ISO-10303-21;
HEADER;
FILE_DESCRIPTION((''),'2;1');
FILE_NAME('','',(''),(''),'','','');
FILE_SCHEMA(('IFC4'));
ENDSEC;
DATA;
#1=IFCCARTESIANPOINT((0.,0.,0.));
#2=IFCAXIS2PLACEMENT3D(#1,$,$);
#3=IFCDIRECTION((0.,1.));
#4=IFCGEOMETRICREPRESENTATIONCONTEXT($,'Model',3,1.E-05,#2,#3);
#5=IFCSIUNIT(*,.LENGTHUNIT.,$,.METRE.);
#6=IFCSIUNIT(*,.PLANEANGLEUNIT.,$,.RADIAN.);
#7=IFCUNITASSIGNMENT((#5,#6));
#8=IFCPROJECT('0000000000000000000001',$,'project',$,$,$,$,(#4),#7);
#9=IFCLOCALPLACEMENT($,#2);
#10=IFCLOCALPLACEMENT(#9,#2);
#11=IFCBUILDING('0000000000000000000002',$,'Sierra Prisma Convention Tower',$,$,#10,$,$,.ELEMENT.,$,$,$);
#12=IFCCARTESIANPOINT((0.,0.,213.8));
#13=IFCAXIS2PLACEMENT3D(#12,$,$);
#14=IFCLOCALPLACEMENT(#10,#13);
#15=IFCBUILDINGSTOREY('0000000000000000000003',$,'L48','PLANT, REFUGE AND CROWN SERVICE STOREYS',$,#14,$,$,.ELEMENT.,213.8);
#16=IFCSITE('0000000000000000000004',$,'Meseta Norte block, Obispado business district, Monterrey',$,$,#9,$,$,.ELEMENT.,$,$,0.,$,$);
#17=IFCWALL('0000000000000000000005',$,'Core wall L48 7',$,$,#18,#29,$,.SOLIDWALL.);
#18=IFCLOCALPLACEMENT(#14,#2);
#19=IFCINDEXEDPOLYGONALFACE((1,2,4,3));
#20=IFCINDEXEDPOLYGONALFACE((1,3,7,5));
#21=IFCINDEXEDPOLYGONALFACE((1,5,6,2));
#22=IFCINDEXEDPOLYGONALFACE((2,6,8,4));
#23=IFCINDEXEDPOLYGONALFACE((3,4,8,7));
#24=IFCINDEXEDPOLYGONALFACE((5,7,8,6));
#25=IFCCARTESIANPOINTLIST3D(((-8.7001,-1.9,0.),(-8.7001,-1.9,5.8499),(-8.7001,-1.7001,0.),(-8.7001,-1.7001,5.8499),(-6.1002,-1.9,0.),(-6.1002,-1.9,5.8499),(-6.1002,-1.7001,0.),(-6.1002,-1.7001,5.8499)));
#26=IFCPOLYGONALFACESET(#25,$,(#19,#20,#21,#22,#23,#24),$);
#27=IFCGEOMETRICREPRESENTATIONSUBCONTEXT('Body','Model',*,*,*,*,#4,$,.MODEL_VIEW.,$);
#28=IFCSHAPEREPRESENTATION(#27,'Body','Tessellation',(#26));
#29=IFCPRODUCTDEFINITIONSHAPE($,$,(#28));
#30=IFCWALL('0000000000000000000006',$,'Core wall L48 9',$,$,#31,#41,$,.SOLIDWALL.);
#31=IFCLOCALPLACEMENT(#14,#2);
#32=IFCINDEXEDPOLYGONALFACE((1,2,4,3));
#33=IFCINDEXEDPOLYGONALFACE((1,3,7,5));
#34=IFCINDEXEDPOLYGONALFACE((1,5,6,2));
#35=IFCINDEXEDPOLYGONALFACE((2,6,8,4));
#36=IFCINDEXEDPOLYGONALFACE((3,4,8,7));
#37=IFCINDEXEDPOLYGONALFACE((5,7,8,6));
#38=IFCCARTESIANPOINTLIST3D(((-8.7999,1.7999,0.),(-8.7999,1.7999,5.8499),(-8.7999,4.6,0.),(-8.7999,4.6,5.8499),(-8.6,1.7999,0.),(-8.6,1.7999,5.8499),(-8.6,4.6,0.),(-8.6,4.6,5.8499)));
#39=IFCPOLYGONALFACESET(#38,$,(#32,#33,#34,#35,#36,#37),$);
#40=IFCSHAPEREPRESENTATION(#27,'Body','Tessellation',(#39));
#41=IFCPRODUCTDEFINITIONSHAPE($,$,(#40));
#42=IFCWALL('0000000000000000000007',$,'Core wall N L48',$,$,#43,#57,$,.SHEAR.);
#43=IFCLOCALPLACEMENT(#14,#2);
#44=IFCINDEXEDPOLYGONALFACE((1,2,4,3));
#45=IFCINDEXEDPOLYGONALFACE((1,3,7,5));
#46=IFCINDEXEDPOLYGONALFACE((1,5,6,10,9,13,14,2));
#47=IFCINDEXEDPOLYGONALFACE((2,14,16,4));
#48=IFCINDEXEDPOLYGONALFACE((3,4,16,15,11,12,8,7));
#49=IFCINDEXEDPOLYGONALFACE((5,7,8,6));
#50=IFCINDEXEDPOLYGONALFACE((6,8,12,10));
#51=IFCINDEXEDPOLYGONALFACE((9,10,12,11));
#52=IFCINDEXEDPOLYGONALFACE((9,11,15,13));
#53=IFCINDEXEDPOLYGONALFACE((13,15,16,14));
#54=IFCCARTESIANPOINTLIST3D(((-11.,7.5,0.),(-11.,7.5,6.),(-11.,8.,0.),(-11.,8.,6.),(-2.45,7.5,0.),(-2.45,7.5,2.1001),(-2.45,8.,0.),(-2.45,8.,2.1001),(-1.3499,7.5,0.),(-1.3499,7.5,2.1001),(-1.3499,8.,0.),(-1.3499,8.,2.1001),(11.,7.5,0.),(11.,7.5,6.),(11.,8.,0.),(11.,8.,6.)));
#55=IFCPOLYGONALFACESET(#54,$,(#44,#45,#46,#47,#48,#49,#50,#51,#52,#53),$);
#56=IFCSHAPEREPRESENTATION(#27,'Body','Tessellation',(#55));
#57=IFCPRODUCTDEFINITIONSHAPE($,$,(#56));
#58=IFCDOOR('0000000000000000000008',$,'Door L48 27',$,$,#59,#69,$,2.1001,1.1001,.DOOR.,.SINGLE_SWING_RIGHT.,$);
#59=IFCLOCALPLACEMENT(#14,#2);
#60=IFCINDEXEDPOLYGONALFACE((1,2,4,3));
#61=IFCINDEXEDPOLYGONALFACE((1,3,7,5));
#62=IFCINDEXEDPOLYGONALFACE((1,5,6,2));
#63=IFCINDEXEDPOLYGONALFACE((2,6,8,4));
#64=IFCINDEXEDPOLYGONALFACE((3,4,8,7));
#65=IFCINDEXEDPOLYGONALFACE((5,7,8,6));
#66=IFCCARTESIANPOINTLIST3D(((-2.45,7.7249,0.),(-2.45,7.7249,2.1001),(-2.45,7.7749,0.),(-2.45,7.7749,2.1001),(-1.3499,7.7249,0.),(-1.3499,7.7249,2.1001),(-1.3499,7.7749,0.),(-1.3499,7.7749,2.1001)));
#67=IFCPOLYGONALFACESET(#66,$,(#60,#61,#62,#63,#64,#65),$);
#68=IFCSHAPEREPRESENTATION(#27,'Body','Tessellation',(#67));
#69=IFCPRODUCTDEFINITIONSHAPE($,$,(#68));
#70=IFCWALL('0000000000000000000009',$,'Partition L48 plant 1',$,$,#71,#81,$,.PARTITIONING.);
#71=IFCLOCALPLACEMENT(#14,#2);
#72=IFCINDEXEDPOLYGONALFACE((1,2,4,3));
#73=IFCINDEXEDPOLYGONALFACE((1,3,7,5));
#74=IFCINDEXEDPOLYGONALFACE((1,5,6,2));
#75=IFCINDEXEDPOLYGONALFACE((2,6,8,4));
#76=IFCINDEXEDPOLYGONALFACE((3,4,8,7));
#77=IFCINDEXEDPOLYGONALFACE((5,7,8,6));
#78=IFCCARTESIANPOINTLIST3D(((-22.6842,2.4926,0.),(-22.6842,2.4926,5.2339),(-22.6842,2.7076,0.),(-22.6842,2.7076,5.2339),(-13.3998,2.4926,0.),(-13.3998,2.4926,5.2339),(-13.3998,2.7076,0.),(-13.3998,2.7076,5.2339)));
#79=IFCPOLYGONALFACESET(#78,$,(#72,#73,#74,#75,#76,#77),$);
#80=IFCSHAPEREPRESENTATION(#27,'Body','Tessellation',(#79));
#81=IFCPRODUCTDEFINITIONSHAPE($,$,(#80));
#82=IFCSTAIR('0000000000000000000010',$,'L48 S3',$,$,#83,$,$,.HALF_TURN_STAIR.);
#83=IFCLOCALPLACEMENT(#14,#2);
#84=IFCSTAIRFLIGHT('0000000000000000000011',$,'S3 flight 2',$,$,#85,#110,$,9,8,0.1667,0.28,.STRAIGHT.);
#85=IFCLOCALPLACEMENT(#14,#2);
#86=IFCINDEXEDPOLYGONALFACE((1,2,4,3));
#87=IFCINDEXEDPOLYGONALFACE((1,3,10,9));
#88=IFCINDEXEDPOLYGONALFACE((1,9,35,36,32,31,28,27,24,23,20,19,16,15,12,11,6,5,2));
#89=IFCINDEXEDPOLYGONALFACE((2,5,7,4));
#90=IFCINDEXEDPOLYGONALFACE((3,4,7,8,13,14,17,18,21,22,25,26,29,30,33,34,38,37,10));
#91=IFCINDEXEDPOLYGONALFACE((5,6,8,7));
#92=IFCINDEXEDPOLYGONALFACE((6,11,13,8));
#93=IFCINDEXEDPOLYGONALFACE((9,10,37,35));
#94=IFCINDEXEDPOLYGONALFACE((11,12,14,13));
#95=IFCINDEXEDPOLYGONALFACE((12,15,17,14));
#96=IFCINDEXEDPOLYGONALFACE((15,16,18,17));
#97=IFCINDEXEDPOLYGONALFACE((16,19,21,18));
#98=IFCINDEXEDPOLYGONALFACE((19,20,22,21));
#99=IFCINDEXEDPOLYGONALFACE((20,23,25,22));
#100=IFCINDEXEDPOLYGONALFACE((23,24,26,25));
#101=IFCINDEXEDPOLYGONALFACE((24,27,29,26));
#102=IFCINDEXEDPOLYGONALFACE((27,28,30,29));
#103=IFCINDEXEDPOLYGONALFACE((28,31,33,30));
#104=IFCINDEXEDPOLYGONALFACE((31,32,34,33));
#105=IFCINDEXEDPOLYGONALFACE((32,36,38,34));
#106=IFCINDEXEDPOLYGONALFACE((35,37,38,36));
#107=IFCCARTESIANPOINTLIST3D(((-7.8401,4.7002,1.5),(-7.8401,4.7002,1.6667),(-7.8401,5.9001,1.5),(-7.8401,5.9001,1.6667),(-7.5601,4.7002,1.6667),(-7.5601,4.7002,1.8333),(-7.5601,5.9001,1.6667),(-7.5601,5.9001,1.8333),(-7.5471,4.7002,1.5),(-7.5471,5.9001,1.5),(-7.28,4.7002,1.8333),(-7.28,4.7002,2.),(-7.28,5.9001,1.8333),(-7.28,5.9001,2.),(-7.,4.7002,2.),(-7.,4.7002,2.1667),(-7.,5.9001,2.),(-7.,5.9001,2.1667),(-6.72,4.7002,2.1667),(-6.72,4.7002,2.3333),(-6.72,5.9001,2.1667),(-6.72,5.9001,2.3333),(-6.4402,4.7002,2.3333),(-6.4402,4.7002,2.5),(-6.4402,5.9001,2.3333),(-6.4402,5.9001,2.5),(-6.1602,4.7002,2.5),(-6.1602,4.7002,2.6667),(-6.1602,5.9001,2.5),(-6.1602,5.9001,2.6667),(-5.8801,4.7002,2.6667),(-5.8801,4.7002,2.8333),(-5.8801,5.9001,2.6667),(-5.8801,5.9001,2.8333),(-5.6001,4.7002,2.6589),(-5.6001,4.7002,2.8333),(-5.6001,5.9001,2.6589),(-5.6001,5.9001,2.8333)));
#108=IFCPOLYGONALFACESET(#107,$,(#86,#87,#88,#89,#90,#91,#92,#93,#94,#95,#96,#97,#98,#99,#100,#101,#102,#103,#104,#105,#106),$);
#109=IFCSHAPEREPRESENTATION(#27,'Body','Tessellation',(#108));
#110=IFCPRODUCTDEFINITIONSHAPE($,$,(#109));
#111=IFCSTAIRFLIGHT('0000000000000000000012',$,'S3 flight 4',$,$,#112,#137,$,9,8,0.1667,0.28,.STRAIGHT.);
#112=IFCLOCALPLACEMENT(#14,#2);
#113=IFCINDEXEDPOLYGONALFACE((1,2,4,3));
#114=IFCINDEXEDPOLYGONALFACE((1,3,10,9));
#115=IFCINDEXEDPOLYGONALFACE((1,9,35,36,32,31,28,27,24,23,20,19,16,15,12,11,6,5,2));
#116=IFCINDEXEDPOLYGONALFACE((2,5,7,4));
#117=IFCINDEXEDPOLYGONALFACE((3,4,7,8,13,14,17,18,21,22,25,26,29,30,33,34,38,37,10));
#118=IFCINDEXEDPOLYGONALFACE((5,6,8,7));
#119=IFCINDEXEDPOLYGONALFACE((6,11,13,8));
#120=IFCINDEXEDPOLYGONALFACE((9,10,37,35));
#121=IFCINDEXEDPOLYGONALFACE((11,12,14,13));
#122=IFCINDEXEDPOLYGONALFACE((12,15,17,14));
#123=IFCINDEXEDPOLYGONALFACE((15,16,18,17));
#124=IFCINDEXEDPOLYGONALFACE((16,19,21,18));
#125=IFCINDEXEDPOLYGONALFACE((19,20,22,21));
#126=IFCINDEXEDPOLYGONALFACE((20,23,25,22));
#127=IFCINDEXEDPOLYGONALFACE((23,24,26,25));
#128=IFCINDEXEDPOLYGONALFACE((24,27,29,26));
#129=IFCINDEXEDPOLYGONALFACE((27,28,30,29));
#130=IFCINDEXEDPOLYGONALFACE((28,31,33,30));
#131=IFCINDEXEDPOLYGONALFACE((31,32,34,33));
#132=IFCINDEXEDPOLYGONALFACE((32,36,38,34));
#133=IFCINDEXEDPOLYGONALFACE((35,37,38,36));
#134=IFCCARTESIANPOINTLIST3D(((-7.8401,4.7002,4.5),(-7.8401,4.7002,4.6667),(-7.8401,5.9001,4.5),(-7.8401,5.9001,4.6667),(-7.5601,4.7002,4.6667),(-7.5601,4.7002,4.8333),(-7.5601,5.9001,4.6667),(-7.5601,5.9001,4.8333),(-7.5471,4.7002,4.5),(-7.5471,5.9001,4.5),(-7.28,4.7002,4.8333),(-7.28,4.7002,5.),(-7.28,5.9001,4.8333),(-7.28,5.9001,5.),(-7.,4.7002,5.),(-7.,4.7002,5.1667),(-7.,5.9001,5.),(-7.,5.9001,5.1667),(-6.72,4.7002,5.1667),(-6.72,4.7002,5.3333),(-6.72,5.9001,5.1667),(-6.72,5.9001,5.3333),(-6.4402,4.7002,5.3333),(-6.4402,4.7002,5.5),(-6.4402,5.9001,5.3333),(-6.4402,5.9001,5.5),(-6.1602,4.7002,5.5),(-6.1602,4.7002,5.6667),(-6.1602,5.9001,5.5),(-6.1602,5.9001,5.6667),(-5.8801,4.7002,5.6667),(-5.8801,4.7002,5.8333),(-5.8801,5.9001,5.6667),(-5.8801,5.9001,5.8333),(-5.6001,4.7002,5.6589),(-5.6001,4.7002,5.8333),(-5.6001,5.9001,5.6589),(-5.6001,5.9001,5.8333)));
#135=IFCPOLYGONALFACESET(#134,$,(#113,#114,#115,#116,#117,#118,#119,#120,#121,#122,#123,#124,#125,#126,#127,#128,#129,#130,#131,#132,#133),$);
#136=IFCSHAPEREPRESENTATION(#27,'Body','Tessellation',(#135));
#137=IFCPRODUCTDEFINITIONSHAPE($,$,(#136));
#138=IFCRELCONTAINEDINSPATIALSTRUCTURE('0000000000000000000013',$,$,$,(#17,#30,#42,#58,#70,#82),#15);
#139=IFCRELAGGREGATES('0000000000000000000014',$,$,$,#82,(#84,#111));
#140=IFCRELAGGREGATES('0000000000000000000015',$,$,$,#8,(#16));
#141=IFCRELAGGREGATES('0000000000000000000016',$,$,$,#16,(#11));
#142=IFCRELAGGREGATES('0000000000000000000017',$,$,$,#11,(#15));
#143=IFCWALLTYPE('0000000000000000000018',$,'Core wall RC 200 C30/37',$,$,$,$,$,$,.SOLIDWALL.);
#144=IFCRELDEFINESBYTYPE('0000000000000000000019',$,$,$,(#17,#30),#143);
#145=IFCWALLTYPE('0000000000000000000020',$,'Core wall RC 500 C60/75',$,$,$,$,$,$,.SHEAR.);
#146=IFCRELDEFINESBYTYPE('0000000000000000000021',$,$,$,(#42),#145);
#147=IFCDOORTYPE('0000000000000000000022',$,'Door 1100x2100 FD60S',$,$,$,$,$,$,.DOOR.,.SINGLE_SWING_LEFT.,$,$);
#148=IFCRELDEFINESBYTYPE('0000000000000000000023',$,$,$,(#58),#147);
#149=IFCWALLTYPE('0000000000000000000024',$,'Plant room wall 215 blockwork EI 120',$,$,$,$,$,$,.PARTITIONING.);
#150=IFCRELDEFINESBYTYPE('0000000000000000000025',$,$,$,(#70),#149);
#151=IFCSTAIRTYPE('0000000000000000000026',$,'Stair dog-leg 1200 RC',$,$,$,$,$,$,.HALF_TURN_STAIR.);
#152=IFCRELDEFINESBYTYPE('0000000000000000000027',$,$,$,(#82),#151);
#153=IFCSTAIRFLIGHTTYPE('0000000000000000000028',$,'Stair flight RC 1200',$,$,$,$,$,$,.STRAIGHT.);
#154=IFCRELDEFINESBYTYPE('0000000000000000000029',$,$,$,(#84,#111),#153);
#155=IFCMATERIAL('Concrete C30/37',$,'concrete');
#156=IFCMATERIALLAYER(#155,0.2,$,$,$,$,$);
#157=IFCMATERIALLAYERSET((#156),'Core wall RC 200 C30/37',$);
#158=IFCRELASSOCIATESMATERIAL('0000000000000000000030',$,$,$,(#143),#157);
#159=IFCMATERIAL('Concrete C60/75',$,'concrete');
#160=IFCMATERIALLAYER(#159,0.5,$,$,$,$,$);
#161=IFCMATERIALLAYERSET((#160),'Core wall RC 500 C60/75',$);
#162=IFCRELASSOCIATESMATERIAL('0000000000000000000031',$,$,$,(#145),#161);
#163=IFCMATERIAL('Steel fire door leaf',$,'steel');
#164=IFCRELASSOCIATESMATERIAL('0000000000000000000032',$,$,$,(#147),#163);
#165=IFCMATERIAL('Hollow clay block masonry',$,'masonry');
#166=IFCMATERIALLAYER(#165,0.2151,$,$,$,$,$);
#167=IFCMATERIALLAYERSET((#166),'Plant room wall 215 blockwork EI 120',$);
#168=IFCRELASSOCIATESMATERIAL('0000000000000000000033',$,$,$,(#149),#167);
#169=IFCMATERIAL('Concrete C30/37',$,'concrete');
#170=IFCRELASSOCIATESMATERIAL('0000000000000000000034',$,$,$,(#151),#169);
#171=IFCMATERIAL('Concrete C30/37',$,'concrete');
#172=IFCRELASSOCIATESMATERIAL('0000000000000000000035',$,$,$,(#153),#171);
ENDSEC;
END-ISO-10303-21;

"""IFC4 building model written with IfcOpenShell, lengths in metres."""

from ifc_helpers import new_model, si_unit, direction, frame, frame_2d, origin, place, context, subcontext, project, spatial, polyline, rectangle, outline, extrude, material, layer, layer_set, type_object, element, fill, aggregate, save


model = new_model("IFC4")

# Units and contexts
model_context = context("Model", 3, precision=1e-05, world=origin(), true_north=direction((0.0, 1.0)))
body_context = subcontext(model_context, "Body", "Model", "MODEL_VIEW")
ifc_project = project(units=[si_unit("LENGTHUNIT", "METRE"), si_unit("PLANEANGLEUNIT", "RADIAN")], contexts=[model_context])

# Site, building, storey
site_placement = place(None, origin())
site = spatial("IfcSite", under=ifc_project, at=site_placement, Name="Meseta Norte block, Obispado business district, Monterrey", CompositionType="ELEMENT", RefElevation=0.0)
building_placement = place(site_placement, origin())
building = spatial("IfcBuilding", under=site, at=building_placement, Name="Sierra Prisma Convention Tower", CompositionType="ELEMENT")
storey_placement = place(building_placement, frame((0.0, 0.0, 213.8)))
storey = spatial("IfcBuildingStorey", under=building, at=storey_placement, Name="L48", Description="PLANT, REFUGE AND CROWN SERVICE STOREYS", CompositionType="ELEMENT", Elevation=213.8)

# Shared definitions
ifc_material_1 = material(Name="Concrete C30/37", Category="concrete")
ifc_layer_1 = layer(ifc_material_1, 0.2)
ifc_layer_set_1 = layer_set([ifc_layer_1], Name="Core wall RC 200 C30/37")
wall_type_1 = type_object("IfcWallType", Name="Core wall RC 200 C30/37", PredefinedType="SOLIDWALL", material=ifc_layer_set_1)

# Walls
wall_1_placement = place(storey_placement, frame((-8.7, -1.8, 0.0), z_axis=(0.0, 0.0, 1.0), x_axis=(1.0, 0.0, 0.0)))
element("IfcWall", 1, at=wall_1_placement, inside=storey, type_object=wall_type_1, Name="Core wall L48 7", PredefinedType="SOLIDWALL", context=body_context, shape_type="SweptSolid", body=[
    extrude(rectangle(XDim=2.5999, YDim=0.2, at=frame_2d((1.2998, 0.0))), origin(), (0.0, 0.0, 1.0), 5.8499),
])
wall_2_placement = place(storey_placement, frame((-8.7, 1.8, 0.0), z_axis=(0.0, 0.0, 1.0), x_axis=(0.0, 1.0, 0.0)))
element("IfcWall", 2, at=wall_2_placement, inside=storey, type_object=wall_type_1, Name="Core wall L48 9", PredefinedType="SOLIDWALL", context=body_context, shape_type="SweptSolid", body=[
    extrude(rectangle(XDim=2.8, YDim=0.2, at=frame_2d((1.3999, 0.0))), origin(), (0.0, 0.0, 1.0), 5.8499),
])

# Wall, opening, door
ifc_material_2 = material(Name="Concrete C60/75", Category="concrete")
ifc_layer_2 = layer(ifc_material_2, 0.5)
ifc_layer_set_2 = layer_set([ifc_layer_2], Name="Core wall RC 500 C60/75")
wall_type_2 = type_object("IfcWallType", Name="Core wall RC 500 C60/75", PredefinedType="SHEAR", material=ifc_layer_set_2)
wall_3_placement = place(storey_placement, frame((-11.0, 7.75, 0.0), z_axis=(0.0, 0.0, 1.0), x_axis=(1.0, 0.0, 0.0)))
wall_3 = element("IfcWall", 3, at=wall_3_placement, inside=storey, type_object=wall_type_2, Name="Core wall N L48", PredefinedType="SHEAR", context=body_context, shape_type="SweptSolid", body=[
    extrude(rectangle(XDim=22.0, YDim=0.5, at=frame_2d((11.0, 0.0))), origin(), (0.0, 0.0, 1.0), 6.0),
])
opening_1_placement = place(wall_3_placement, frame((8.55, 0.0, 0.0)))
opening_1 = element("IfcOpeningElement", 4, at=opening_1_placement, cuts=wall_3, PredefinedType="OPENING", context=body_context, shape_type="SweptSolid", body=[
    extrude(rectangle(XDim=1.1001, YDim=2.1001, at=frame_2d((0.55, 1.05))), frame((0.0, 0.25, 0.0), z_axis=(0.0, -1.0, 0.0), x_axis=(1.0, 0.0, 0.0)), (0.0, 0.0, 1.0), 0.5),
])
ifc_material_3 = material(Name="Steel fire door leaf", Category="steel")
door_type_1 = type_object("IfcDoorType", Name="Door 1100x2100 FD60S", OperationType="SINGLE_SWING_LEFT", PredefinedType="DOOR", material=ifc_material_3)
door_1_placement = place(opening_1_placement, origin())
door_1 = element("IfcDoor", 5, at=door_1_placement, inside=storey, type_object=door_type_1, Name="Door L48 27", OperationType="SINGLE_SWING_RIGHT", OverallHeight=2.1001, OverallWidth=1.1001, PredefinedType="DOOR", context=body_context, shape_type="SweptSolid", body=[
    extrude(rectangle(XDim=1.1001, YDim=2.1001, at=frame_2d((0.55, 1.05))), frame((0.0, 0.0249, 0.0), z_axis=(0.0, -1.0, 0.0), x_axis=(1.0, 0.0, 0.0)), (0.0, 0.0, 1.0), 0.05),
])
fill(opening_1, door_1)

# Wall
ifc_material_4 = material(Name="Hollow clay block masonry", Category="masonry")
ifc_layer_3 = layer(ifc_material_4, 0.2151)
ifc_layer_set_3 = layer_set([ifc_layer_3], Name="Plant room wall 215 blockwork EI 120")
wall_type_3 = type_object("IfcWallType", Name="Plant room wall 215 blockwork EI 120", PredefinedType="PARTITIONING", material=ifc_layer_set_3)
wall_4_placement = place(storey_placement, frame((-13.3999, 2.6001, 0.0), z_axis=(0.0, 0.0, 1.0), x_axis=(-1.0, 0.0, 0.0)))
element("IfcWall", 6, at=wall_4_placement, inside=storey, type_object=wall_type_3, Name="Partition L48 plant 1", PredefinedType="PARTITIONING", context=body_context, shape_type="SweptSolid", body=[
    extrude(rectangle(XDim=9.2844, YDim=0.2151, at=frame_2d((4.6421, 0.0))), origin(), (0.0, 0.0, 1.0), 5.2339),
])

# Stair, stair flights
ifc_material_5 = material(Name="Concrete C30/37", Category="concrete")
stair_type = type_object("IfcStairType", Name="Stair dog-leg 1200 RC", PredefinedType="HALF_TURN_STAIR", material=ifc_material_5)
stair_placement = place(storey_placement, origin())
stair = element("IfcStair", 7, at=stair_placement, inside=storey, type_object=stair_type, Name="L48 S3", PredefinedType="HALF_TURN_STAIR")
ifc_material_6 = material(Name="Concrete C30/37", Category="concrete")
stair_flight_type = type_object("IfcStairFlightType", Name="Stair flight RC 1200", PredefinedType="STRAIGHT", material=ifc_material_6)
stair_flight_1_placement = place(storey_placement, frame((-7.8401, 5.3, 1.5), z_axis=(0.0, 0.0, 1.0), x_axis=(1.0, 0.0, 0.0)))
stair_flight_1 = element("IfcStairFlight", 8, at=stair_flight_1_placement, type_object=stair_flight_type, Name="S3 flight 2", NumberOfRisers=9, NumberOfTreads=8, PredefinedType="STRAIGHT", RiserHeight=0.1667, TreadLength=0.28, context=body_context, shape_type="SweptSolid", body=[
    extrude(outline(polyline([(0.0, 0.0), (0.0, 0.1667), (0.28, 0.1667), (0.28, 0.3333), (0.5601, 0.3333), (0.5601, 0.5), (0.8401, 0.5), (0.8401, 0.6667), (1.1201, 0.6667), (1.1201, 0.8333), (1.3999, 0.8333), (1.3999, 1.0), (1.6799, 1.0), (1.6799, 1.1667), (1.96, 1.1667), (1.96, 1.3333), (2.24, 1.3333), (2.24, 1.5), (2.24, 1.1589), (0.293, 0.0), (0.0, 0.0)])), frame((0.0, 0.6001, 0.0), z_axis=(0.0, -1.0, 0.0), x_axis=(1.0, 0.0, 0.0)), (0.0, 0.0, 1.0), 1.2),
])
stair_flight_2_placement = place(storey_placement, frame((-7.8401, 5.3, 4.5), z_axis=(0.0, 0.0, 1.0), x_axis=(1.0, 0.0, 0.0)))
stair_flight_2 = element("IfcStairFlight", 9, at=stair_flight_2_placement, type_object=stair_flight_type, Name="S3 flight 4", NumberOfRisers=9, NumberOfTreads=8, PredefinedType="STRAIGHT", RiserHeight=0.1667, TreadLength=0.28, context=body_context, shape_type="SweptSolid", body=[
    extrude(outline(polyline([(0.0, 0.0), (0.0, 0.1667), (0.28, 0.1667), (0.28, 0.3333), (0.5601, 0.3333), (0.5601, 0.5), (0.8401, 0.5), (0.8401, 0.6667), (1.1201, 0.6667), (1.1201, 0.8333), (1.3999, 0.8333), (1.3999, 1.0), (1.6799, 1.0), (1.6799, 1.1667), (1.96, 1.1667), (1.96, 1.3333), (2.24, 1.3333), (2.24, 1.5), (2.24, 1.1589), (0.293, 0.0), (0.0, 0.0)])), frame((0.0, 0.6001, 0.0), z_axis=(0.0, -1.0, 0.0), x_axis=(1.0, 0.0, 0.0)), (0.0, 0.0, 1.0), 1.2),
])
aggregate(stair, [stair_flight_1, stair_flight_2])

save(model, "model.ifc")
